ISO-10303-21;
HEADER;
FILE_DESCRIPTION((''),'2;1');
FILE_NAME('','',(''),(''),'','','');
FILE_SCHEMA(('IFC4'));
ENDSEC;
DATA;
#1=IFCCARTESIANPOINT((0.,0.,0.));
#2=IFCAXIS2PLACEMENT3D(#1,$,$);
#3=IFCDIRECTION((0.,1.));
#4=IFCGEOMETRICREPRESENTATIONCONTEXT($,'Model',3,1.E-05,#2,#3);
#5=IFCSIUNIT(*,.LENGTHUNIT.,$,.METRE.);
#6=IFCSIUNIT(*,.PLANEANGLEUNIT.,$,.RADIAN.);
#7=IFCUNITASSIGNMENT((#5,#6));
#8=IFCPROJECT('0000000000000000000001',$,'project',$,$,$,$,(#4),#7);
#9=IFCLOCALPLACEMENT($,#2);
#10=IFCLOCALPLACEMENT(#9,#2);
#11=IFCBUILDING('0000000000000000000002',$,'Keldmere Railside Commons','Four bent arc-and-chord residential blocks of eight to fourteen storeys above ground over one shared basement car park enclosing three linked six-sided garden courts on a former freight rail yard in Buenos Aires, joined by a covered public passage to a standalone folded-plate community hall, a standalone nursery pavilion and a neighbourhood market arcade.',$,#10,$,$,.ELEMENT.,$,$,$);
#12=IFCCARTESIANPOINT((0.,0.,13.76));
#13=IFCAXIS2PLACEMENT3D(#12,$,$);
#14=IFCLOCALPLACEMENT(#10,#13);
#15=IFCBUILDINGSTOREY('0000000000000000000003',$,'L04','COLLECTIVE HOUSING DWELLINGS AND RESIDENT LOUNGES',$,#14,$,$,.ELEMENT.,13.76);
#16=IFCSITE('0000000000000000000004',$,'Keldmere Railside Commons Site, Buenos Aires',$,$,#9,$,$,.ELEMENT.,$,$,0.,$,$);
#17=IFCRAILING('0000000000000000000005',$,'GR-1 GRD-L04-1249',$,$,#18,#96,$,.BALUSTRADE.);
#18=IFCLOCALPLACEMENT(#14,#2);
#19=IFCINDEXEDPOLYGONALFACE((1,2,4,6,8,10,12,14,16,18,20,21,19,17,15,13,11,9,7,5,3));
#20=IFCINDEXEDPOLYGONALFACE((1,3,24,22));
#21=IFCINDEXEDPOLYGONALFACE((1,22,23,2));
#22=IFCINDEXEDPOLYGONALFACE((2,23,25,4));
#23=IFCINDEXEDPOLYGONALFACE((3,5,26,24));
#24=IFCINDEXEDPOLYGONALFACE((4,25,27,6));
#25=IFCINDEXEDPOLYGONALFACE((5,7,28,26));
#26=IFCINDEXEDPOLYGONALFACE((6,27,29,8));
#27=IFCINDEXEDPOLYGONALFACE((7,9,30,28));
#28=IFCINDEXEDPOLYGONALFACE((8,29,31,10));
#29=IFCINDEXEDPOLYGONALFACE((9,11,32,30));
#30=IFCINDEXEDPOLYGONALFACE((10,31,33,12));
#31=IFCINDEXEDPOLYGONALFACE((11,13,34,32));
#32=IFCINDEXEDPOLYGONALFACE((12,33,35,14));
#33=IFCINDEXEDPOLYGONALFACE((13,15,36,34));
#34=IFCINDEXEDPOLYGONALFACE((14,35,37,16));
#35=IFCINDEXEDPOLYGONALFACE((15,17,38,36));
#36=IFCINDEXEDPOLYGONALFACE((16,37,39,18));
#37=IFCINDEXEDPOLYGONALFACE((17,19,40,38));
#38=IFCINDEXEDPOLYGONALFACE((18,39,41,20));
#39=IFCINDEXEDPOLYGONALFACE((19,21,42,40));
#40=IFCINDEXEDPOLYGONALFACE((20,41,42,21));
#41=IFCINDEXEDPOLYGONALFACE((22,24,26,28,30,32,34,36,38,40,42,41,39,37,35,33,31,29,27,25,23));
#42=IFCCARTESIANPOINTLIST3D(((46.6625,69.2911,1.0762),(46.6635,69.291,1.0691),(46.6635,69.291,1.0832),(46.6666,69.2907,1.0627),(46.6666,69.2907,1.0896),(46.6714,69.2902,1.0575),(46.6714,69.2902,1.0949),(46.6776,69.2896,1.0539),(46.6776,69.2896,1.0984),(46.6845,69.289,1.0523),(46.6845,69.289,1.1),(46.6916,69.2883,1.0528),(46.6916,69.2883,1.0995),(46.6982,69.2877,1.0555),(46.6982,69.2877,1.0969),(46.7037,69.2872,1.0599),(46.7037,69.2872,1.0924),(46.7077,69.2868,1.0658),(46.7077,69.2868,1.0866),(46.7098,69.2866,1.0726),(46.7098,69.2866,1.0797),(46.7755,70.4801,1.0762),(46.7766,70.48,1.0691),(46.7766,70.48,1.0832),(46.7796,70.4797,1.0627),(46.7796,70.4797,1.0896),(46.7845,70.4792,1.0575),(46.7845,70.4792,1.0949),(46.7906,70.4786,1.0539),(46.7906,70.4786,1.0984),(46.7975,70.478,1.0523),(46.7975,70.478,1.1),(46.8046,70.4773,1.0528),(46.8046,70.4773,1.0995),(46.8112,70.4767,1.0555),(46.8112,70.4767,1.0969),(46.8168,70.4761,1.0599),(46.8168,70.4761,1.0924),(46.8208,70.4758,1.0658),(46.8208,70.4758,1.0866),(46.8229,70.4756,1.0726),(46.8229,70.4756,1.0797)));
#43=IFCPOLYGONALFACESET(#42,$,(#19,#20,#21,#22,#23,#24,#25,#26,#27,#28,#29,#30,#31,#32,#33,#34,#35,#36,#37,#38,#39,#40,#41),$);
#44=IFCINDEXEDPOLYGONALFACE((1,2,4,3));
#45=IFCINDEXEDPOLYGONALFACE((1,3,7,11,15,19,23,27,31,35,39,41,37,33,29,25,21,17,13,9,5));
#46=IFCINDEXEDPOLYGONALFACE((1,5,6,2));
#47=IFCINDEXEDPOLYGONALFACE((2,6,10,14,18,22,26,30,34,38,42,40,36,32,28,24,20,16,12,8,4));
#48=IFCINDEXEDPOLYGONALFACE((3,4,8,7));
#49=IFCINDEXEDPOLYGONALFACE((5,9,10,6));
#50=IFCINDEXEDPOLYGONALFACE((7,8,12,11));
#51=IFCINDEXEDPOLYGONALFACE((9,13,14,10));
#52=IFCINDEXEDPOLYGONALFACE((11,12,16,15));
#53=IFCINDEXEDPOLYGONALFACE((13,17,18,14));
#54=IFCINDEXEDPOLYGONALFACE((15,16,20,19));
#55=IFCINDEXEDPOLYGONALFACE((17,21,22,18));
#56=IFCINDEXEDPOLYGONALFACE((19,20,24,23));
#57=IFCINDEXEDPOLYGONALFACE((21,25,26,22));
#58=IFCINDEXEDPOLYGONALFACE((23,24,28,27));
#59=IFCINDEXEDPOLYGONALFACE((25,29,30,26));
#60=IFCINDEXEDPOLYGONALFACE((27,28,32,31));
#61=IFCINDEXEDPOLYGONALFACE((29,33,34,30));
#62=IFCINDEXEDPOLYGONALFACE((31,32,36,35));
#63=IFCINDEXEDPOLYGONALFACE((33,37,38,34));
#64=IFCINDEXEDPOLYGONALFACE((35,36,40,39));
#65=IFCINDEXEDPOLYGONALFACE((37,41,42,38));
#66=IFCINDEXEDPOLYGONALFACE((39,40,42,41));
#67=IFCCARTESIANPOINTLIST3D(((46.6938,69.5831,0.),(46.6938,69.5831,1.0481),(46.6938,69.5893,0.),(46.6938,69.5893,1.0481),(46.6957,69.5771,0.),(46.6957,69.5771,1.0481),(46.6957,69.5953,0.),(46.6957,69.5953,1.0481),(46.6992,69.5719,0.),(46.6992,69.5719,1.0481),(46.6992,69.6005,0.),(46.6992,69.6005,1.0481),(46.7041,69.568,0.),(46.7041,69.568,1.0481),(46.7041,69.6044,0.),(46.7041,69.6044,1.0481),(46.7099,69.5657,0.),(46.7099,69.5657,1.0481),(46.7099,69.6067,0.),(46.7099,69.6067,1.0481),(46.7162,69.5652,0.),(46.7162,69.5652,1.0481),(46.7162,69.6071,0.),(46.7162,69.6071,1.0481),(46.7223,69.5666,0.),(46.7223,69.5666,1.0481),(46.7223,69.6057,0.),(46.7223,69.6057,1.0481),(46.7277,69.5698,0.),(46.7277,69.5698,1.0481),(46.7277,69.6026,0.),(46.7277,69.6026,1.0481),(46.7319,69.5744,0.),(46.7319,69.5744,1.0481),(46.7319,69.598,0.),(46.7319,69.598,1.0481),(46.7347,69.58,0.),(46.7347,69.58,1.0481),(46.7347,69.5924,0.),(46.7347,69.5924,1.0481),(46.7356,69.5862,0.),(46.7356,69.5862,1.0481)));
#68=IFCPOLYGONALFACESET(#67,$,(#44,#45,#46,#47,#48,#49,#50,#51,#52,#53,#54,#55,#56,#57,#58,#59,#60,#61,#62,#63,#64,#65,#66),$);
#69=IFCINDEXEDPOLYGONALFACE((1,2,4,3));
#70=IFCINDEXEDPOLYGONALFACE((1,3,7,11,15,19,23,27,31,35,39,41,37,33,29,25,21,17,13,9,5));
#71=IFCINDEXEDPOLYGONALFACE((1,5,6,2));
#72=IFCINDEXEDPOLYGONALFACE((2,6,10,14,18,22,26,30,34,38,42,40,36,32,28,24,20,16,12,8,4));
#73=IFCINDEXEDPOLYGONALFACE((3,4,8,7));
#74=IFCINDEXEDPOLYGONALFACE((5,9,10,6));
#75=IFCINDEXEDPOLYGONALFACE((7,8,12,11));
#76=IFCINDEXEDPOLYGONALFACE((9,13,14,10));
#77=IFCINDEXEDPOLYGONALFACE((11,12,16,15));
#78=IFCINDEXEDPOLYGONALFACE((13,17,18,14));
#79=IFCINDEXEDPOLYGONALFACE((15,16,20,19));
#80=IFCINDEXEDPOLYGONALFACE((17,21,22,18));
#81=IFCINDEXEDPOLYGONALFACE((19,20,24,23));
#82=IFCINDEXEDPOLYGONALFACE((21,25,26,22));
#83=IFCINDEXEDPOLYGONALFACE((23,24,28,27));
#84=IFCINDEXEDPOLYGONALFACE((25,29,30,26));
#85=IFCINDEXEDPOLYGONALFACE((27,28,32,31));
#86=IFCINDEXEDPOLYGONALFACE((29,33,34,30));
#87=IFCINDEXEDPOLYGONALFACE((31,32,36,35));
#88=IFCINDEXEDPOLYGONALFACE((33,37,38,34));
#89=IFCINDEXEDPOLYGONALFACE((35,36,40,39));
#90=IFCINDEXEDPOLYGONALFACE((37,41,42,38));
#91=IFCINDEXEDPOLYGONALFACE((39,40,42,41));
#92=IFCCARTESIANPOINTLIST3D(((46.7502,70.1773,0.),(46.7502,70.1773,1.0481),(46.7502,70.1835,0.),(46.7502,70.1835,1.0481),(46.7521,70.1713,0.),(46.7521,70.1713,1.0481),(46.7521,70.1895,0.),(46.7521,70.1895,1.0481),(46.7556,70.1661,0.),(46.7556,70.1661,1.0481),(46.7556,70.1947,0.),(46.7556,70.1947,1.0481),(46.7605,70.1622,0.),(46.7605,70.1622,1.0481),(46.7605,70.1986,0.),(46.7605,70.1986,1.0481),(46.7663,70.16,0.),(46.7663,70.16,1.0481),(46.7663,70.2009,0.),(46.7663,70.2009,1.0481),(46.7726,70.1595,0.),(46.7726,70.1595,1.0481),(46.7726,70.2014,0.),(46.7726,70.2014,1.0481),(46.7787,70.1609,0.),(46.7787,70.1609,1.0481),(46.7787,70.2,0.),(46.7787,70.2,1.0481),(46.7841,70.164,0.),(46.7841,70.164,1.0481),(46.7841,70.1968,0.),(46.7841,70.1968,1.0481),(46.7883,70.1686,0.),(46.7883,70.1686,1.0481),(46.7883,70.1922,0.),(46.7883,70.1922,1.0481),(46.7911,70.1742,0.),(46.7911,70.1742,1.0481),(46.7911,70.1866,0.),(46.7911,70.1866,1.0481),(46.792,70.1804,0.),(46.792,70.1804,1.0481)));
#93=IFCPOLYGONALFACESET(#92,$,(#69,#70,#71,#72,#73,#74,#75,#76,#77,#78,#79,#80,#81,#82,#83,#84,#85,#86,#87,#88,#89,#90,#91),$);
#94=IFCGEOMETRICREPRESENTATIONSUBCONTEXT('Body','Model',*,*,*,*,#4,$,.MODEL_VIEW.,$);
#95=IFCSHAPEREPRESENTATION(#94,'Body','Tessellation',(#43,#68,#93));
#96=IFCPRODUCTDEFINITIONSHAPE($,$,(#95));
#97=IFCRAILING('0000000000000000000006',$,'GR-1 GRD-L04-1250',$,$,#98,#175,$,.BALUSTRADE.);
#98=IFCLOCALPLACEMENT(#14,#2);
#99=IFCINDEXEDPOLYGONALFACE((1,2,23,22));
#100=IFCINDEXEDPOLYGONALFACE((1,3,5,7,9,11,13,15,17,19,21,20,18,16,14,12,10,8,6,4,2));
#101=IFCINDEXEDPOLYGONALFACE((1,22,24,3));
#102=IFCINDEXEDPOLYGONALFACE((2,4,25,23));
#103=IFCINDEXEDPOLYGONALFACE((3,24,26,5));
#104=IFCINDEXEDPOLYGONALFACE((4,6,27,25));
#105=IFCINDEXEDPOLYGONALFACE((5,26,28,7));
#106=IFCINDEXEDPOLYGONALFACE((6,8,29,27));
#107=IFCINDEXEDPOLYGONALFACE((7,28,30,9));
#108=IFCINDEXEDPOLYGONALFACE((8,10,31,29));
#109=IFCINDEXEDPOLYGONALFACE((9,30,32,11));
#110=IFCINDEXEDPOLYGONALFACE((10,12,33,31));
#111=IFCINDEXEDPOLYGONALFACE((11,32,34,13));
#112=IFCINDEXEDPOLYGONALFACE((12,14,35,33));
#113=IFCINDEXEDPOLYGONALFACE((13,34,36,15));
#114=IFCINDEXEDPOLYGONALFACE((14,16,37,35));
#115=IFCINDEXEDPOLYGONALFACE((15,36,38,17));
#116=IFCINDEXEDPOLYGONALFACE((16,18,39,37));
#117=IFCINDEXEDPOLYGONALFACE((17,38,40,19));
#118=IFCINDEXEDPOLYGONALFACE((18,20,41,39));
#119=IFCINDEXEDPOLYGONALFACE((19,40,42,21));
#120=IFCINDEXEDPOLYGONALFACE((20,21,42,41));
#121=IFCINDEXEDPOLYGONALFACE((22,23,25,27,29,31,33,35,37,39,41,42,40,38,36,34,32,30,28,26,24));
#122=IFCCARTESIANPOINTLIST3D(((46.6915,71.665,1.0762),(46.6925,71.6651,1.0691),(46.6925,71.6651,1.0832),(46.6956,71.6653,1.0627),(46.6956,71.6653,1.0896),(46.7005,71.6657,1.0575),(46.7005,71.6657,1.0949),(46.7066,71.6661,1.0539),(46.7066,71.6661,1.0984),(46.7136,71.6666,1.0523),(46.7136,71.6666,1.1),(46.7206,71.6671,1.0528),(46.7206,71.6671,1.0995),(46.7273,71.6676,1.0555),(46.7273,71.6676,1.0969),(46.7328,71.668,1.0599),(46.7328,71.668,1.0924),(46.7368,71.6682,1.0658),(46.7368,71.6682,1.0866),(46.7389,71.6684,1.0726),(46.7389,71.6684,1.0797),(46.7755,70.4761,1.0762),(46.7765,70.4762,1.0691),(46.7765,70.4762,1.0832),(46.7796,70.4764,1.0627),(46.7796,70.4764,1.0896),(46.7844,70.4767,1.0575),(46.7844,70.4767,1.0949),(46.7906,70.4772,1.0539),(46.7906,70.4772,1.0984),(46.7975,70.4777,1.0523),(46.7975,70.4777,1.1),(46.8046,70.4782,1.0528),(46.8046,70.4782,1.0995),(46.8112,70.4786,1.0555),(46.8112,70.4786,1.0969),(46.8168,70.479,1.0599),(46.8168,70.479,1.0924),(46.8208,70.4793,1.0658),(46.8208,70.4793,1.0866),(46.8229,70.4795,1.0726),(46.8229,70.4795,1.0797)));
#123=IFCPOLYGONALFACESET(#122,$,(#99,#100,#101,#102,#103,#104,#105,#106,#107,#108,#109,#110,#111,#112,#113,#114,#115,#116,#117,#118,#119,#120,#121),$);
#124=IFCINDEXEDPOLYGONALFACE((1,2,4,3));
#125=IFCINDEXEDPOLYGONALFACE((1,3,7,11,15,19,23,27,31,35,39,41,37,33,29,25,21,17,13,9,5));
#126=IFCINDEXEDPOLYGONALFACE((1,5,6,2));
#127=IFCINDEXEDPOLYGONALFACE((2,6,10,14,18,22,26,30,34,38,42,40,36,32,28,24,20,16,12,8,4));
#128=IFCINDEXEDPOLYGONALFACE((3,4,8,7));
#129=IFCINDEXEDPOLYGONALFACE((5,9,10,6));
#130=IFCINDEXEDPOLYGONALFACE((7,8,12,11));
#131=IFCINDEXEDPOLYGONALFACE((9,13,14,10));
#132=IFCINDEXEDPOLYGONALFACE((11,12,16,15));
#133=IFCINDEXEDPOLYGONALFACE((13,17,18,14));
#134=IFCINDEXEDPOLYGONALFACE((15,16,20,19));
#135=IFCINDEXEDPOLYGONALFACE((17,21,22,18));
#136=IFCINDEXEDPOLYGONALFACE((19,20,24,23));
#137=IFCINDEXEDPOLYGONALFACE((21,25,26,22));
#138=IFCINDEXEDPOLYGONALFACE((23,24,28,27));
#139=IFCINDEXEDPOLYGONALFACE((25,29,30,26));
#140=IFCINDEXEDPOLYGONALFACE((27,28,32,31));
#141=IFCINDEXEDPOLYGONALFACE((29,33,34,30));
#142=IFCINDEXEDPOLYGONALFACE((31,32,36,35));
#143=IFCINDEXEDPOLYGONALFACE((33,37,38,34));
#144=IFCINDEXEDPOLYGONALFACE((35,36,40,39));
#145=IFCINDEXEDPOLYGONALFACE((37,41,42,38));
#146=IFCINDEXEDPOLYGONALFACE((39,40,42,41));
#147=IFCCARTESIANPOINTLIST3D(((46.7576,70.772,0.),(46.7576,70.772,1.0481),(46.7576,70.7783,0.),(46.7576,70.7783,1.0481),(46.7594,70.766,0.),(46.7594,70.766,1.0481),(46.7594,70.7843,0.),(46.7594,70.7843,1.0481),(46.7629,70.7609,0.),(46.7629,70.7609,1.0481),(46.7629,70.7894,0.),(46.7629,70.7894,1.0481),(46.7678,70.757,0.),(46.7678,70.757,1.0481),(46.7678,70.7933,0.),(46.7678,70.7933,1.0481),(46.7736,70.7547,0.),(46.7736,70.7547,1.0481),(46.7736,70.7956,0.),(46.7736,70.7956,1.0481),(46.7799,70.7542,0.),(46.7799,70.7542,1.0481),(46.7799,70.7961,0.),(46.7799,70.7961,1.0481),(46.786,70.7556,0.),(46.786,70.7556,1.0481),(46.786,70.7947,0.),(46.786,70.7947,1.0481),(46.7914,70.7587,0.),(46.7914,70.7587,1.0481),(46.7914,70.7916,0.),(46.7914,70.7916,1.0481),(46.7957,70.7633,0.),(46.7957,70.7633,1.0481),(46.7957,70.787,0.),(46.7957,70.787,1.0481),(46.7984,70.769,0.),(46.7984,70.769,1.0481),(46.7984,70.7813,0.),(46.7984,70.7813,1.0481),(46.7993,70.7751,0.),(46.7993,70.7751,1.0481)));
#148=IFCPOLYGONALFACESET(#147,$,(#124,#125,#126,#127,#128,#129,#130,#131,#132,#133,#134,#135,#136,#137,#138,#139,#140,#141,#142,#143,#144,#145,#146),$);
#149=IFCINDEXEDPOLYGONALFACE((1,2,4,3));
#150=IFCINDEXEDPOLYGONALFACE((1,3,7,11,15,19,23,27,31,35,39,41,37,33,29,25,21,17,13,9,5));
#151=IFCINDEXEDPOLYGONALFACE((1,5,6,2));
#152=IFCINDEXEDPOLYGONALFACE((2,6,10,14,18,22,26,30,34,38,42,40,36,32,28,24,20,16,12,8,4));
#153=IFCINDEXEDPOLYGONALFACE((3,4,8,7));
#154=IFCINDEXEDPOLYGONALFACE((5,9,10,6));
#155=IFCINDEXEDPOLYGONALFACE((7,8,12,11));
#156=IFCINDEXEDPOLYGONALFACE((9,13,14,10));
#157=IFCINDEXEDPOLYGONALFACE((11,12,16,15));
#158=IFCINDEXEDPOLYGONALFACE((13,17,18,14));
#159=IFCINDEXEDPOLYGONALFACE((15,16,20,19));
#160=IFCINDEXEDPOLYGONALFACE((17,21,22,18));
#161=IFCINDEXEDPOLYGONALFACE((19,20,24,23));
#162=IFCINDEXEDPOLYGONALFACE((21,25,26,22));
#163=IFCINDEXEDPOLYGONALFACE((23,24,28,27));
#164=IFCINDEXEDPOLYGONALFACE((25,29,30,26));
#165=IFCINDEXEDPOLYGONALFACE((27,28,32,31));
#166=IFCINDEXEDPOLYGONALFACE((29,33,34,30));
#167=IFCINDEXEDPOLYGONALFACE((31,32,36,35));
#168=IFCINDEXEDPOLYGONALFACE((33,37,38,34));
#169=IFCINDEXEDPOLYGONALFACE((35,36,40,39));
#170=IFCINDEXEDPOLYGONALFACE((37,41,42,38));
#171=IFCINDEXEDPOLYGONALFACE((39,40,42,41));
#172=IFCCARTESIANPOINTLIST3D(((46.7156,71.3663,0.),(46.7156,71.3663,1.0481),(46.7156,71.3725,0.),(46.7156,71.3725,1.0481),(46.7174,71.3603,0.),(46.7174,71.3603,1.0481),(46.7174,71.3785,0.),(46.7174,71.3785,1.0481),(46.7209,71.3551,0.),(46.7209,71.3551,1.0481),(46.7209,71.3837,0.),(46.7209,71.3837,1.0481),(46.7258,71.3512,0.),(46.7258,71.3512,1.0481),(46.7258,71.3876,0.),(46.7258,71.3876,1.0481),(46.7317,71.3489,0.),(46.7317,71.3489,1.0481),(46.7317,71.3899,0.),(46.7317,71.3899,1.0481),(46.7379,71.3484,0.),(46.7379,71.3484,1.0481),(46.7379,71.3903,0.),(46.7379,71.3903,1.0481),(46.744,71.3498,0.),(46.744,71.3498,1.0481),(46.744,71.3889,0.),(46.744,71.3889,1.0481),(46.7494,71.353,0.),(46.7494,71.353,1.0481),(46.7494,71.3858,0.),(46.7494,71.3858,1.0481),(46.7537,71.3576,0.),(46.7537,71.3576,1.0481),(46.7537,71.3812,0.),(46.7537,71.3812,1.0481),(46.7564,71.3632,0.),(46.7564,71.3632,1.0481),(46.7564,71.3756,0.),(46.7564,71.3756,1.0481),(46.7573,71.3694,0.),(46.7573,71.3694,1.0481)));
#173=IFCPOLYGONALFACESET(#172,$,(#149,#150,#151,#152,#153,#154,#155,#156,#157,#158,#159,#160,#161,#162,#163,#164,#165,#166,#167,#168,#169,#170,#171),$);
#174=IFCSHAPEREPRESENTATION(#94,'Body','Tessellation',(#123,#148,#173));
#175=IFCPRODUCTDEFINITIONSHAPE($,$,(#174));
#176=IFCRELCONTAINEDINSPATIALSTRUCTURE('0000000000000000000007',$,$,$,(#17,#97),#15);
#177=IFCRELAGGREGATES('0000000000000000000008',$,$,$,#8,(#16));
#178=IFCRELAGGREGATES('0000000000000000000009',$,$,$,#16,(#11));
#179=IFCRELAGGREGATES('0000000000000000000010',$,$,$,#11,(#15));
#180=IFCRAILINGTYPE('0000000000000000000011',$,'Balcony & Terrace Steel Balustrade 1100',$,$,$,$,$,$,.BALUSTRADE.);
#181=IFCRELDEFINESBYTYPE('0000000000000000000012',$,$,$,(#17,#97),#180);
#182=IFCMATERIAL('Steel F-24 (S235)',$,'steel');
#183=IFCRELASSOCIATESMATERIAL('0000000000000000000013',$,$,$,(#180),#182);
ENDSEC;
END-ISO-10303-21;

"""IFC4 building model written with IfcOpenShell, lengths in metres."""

from ifc_helpers import new_model, si_unit, direction, frame, origin, origin_2d, place, context, subcontext, project, spatial, circle, extrude, material, type_object, element, save


model = new_model("IFC4")

# Units and contexts
model_context = context("Model", 3, precision=1e-05, world=origin(), true_north=direction((0.0, 1.0)))
body_context = subcontext(model_context, "Body", "Model", "MODEL_VIEW")
ifc_project = project(units=[si_unit("LENGTHUNIT", "METRE"), si_unit("PLANEANGLEUNIT", "RADIAN")], contexts=[model_context])

# Site, building, storey
site_placement = place(None, origin())
site = spatial("IfcSite", under=ifc_project, at=site_placement, Name="Keldmere Railside Commons Site, Buenos Aires", CompositionType="ELEMENT", RefElevation=0.0)
building_placement = place(site_placement, origin())
building = spatial("IfcBuilding", under=site, at=building_placement, Name="Keldmere Railside Commons", Description="Four bent arc-and-chord residential blocks of eight to fourteen storeys above ground over one shared basement car park enclosing three linked six-sided garden courts on a former freight rail yard in Buenos Aires, joined by a covered public passage to a standalone folded-plate community hall, a standalone nursery pavilion and a neighbourhood market arcade.", CompositionType="ELEMENT")
storey_placement = place(building_placement, frame((0.0, 0.0, 13.76)))
storey = spatial("IfcBuildingStorey", under=building, at=storey_placement, Name="L04", Description="COLLECTIVE HOUSING DWELLINGS AND RESIDENT LOUNGES", CompositionType="ELEMENT", Elevation=13.76)

# Railings
ifc_material_1 = material(Name="Steel F-24 (S235)", Category="steel")
railing_type_1 = type_object("IfcRailingType", Name="Balcony & Terrace Steel Balustrade 1100", PredefinedType="BALUSTRADE", material=ifc_material_1)
railing_1_placement = place(storey_placement, frame((46.6863, 69.2888, 0.0)))
element("IfcRailing", 1, at=railing_1_placement, inside=storey, type_object=railing_type_1, Name="GR-1 GRD-L04-1249", PredefinedType="BALUSTRADE", context=body_context, shape_type="SweptSolid", body=[
    extrude(circle(Radius=0.0239, at=origin_2d()), frame((0.0, 0.0, 1.0762), z_axis=(0.094645, 0.995511, 0.0), x_axis=(-0.995511, 0.094645, 0.0)), (0.0, 0.0, 1.0), 1.1943),
    extrude(circle(Radius=0.021, at=origin_2d()), frame((0.0283, 0.2974, 0.0)), (0.0, 0.0, 1.0), 1.0481),
    extrude(circle(Radius=0.021, at=origin_2d()), frame((0.0847, 0.8916, 0.0)), (0.0, 0.0, 1.0), 1.0481),
])
railing_2_placement = place(storey_placement, frame((46.7993, 70.4778, 0.0)))
element("IfcRailing", 2, at=railing_2_placement, inside=storey, type_object=railing_type_1, Name="GR-1 GRD-L04-1250", PredefinedType="BALUSTRADE", context=body_context, shape_type="SweptSolid", body=[
    extrude(circle(Radius=0.0239, at=origin_2d()), frame((0.0, 0.0, 1.0762), z_axis=(-0.070461, 0.997515, 0.0), x_axis=(-0.997515, -0.070461, 0.0)), (0.0, 0.0, 1.0), 1.1919),
    extrude(circle(Radius=0.021, at=origin_2d()), frame((-0.021, 0.2974, 0.0)), (0.0, 0.0, 1.0), 1.0481),
    extrude(circle(Radius=0.021, at=origin_2d()), frame((-0.063, 0.8916, 0.0)), (0.0, 0.0, 1.0), 1.0481),
])

save(model, "model.ifc")
